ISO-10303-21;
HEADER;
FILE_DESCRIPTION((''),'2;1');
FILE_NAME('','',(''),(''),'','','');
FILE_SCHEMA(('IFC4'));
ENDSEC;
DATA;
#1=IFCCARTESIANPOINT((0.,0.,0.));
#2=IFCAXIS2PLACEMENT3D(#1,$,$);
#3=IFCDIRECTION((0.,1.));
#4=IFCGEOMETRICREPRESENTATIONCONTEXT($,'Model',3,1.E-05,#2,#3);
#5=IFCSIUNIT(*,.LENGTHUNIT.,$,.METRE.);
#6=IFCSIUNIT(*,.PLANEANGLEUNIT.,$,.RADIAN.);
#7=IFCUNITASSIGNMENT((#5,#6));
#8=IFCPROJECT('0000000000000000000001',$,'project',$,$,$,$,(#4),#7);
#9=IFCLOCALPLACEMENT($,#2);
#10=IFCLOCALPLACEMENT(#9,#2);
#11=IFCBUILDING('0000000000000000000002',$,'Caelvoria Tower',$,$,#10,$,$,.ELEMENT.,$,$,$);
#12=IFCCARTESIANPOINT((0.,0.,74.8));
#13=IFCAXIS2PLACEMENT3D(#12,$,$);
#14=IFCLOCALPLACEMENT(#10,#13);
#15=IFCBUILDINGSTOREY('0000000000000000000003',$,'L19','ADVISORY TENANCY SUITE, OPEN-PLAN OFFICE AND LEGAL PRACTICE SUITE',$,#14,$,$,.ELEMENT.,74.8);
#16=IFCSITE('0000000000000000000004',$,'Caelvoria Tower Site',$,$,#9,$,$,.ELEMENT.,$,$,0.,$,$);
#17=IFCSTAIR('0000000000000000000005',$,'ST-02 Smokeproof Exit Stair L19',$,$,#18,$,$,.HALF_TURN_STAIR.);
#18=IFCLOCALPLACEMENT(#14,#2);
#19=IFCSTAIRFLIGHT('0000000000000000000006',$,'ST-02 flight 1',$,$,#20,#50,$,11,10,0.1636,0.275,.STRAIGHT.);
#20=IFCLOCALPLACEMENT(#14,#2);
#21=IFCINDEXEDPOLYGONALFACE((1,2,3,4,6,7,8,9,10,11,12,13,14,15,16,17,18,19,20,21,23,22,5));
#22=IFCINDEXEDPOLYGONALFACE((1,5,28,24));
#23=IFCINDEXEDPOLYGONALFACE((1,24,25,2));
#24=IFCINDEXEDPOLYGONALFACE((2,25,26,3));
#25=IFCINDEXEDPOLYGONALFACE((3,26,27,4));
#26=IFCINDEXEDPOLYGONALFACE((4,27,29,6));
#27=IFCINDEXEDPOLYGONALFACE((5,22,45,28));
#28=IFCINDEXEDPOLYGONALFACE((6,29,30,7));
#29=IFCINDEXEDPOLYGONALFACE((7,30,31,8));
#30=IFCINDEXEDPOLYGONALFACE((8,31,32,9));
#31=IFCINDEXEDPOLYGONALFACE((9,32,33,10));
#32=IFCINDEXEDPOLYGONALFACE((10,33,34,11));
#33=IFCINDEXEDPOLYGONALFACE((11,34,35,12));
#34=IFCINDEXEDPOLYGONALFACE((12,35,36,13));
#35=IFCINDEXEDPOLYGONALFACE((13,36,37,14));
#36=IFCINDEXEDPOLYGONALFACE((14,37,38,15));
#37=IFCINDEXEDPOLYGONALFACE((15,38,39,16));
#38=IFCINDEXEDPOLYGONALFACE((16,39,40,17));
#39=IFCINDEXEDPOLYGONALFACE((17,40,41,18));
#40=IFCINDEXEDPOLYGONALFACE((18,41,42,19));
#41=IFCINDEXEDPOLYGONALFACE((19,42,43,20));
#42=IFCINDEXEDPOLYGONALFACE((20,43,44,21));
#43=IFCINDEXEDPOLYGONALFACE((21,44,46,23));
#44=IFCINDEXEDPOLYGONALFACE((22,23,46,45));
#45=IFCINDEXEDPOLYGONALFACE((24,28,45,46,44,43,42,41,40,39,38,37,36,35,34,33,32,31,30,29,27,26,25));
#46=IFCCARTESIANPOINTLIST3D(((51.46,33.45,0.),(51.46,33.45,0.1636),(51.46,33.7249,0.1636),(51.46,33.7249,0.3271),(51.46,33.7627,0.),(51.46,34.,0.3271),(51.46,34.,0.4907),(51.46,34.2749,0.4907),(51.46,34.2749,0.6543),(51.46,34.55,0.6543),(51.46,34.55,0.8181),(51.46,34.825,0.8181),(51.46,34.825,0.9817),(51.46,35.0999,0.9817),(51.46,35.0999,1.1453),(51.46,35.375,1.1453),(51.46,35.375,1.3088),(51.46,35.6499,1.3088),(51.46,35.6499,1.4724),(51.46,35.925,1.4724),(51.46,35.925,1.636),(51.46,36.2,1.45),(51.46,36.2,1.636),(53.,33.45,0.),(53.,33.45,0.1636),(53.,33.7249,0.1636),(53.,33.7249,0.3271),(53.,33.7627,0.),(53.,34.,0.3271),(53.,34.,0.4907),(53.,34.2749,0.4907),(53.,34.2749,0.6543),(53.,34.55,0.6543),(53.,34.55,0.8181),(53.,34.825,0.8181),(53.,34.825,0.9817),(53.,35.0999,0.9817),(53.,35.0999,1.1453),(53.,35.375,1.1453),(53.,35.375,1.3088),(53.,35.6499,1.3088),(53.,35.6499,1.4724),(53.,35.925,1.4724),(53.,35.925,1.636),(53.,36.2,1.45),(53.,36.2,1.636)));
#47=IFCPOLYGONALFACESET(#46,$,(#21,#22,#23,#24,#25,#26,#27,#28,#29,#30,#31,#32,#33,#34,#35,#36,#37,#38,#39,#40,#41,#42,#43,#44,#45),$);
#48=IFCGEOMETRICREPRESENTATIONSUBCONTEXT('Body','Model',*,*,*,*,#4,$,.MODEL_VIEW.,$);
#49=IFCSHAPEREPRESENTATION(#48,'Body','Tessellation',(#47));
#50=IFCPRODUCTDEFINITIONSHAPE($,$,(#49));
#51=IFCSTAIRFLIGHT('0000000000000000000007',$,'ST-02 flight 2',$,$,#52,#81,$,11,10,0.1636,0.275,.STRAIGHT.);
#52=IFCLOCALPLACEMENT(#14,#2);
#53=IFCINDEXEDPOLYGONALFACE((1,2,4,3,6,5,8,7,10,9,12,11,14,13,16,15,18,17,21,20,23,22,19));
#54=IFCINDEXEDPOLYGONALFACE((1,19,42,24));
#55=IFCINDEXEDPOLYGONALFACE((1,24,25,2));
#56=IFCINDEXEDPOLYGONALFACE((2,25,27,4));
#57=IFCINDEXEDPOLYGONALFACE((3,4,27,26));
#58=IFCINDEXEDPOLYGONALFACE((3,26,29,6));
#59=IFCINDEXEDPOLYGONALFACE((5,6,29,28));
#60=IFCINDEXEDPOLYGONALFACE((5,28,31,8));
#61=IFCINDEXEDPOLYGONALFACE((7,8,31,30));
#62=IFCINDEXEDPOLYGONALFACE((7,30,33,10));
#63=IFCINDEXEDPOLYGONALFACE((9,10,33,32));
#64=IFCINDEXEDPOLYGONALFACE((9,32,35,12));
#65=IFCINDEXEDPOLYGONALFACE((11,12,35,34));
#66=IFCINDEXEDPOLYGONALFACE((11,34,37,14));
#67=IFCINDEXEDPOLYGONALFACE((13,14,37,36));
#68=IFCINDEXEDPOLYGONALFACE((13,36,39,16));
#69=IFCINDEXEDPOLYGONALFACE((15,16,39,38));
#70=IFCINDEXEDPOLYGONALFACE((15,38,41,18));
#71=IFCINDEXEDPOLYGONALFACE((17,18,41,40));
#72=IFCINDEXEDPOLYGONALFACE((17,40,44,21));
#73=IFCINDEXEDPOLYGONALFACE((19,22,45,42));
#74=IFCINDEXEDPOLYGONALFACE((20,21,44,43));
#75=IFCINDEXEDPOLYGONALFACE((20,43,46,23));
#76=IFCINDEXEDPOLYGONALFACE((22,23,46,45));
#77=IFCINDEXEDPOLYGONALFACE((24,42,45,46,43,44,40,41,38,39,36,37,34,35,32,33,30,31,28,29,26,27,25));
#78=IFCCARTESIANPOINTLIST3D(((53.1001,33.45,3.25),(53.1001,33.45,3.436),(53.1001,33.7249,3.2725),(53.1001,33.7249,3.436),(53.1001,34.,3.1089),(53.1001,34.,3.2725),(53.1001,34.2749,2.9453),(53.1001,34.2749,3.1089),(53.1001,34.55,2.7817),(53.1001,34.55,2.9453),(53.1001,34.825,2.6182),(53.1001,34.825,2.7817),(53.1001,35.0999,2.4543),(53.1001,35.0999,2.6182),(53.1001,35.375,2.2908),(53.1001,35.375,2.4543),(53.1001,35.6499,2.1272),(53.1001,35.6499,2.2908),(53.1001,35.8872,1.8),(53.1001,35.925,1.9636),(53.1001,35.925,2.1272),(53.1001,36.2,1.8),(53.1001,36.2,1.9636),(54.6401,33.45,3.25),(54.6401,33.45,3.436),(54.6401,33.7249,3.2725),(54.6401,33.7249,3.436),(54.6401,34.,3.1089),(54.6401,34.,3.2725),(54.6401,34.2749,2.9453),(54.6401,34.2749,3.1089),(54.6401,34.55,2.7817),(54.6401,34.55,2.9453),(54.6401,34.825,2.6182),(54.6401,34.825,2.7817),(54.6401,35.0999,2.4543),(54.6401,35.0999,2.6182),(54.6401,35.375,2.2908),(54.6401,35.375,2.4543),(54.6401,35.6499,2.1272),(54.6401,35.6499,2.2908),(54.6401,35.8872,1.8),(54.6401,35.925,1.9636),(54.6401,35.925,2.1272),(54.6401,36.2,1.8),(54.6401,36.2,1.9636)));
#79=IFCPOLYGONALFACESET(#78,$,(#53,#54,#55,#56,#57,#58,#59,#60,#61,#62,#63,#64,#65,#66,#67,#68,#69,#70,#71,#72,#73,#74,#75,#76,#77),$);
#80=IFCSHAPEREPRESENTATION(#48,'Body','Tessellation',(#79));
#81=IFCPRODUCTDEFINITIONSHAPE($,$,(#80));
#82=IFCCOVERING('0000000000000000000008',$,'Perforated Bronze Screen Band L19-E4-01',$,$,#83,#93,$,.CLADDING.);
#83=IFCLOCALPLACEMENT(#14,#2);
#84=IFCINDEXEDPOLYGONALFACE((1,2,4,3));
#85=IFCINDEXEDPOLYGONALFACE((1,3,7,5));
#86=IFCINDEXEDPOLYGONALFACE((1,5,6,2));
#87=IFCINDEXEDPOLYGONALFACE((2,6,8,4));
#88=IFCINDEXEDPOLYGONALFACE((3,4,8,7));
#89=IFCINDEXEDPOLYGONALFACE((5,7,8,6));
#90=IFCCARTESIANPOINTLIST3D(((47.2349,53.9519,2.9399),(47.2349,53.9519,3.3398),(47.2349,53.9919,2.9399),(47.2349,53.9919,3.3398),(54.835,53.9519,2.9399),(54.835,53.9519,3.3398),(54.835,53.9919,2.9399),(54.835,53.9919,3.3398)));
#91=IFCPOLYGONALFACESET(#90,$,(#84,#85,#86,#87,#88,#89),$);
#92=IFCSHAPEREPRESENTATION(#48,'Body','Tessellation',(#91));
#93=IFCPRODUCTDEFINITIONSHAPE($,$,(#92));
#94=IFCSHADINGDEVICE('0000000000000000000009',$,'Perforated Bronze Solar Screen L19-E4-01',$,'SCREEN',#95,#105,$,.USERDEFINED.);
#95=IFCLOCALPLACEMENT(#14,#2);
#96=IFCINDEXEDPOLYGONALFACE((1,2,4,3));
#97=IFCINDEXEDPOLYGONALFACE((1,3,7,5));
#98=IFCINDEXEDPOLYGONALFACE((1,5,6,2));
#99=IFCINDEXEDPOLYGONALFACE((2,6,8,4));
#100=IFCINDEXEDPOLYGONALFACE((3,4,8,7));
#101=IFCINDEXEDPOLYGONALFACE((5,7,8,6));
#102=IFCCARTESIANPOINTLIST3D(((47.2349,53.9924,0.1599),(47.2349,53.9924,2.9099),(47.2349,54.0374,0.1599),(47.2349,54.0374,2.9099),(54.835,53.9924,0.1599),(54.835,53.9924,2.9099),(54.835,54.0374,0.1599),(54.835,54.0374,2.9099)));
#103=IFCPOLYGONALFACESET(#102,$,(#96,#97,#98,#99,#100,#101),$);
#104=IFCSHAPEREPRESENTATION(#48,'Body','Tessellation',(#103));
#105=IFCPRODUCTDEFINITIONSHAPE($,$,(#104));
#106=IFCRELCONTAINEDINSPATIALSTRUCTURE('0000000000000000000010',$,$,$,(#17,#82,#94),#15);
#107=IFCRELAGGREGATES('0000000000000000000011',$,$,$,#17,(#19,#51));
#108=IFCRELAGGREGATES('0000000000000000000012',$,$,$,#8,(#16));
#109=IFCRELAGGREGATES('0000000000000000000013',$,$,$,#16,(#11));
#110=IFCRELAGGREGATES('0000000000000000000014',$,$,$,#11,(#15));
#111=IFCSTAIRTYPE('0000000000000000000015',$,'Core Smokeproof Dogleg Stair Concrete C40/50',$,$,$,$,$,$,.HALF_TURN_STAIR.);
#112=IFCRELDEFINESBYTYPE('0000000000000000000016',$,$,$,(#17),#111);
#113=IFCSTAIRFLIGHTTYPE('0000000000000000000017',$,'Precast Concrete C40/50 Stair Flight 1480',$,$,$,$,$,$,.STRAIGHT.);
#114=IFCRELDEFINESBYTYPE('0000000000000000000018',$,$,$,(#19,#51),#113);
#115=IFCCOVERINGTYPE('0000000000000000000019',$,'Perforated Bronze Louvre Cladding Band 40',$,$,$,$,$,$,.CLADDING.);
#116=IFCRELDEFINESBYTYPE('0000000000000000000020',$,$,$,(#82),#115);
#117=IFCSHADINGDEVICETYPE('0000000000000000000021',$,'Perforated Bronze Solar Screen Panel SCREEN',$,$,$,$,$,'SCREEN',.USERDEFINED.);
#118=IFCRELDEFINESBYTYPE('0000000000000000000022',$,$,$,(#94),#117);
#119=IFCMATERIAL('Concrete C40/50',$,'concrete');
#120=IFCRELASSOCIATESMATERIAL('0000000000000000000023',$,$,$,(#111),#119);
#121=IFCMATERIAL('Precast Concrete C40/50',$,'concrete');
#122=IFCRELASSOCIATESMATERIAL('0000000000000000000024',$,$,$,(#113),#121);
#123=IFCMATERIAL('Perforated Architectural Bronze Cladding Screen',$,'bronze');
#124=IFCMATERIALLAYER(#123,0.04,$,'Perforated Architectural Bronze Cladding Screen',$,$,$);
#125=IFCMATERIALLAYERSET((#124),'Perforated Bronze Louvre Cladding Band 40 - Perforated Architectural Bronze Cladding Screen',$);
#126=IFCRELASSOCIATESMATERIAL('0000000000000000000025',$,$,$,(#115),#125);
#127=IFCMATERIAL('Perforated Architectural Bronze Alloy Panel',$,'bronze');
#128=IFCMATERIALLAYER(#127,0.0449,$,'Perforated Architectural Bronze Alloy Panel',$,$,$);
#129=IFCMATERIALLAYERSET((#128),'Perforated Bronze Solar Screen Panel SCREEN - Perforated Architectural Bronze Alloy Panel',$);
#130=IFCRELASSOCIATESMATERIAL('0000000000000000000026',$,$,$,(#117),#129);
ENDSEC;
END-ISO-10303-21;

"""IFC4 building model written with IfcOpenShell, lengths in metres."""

from ifc_helpers import new_model, si_unit, direction, frame, origin, origin_2d, place, context, subcontext, project, spatial, polyline, rectangle, outline, extrude, material, layer, layer_set, type_object, element, aggregate, save


model = new_model("IFC4")

# Units and contexts
model_context = context("Model", 3, precision=1e-05, world=origin(), true_north=direction((0.0, 1.0)))
body_context = subcontext(model_context, "Body", "Model", "MODEL_VIEW")
ifc_project = project(units=[si_unit("LENGTHUNIT", "METRE"), si_unit("PLANEANGLEUNIT", "RADIAN")], contexts=[model_context])

# Site, building, storey
site_placement = place(None, origin())
site = spatial("IfcSite", under=ifc_project, at=site_placement, Name="Caelvoria Tower Site", CompositionType="ELEMENT", RefElevation=0.0)
building_placement = place(site_placement, origin())
building = spatial("IfcBuilding", under=site, at=building_placement, Name="Caelvoria Tower", CompositionType="ELEMENT")
storey_placement = place(building_placement, frame((0.0, 0.0, 74.8)))
storey = spatial("IfcBuildingStorey", under=building, at=storey_placement, Name="L19", Description="ADVISORY TENANCY SUITE, OPEN-PLAN OFFICE AND LEGAL PRACTICE SUITE", CompositionType="ELEMENT", Elevation=74.8)

# Stair, stair flights
ifc_material_1 = material(Name="Concrete C40/50", Category="concrete")
stair_type = type_object("IfcStairType", Name="Core Smokeproof Dogleg Stair Concrete C40/50", PredefinedType="HALF_TURN_STAIR", material=ifc_material_1)
stair_placement = place(storey_placement, origin())
stair = element("IfcStair", 1, at=stair_placement, inside=storey, type_object=stair_type, Name="ST-02 Smokeproof Exit Stair L19", PredefinedType="HALF_TURN_STAIR")
ifc_material_2 = material(Name="Precast Concrete C40/50", Category="concrete")
stair_flight_type = type_object("IfcStairFlightType", Name="Precast Concrete C40/50 Stair Flight 1480", PredefinedType="STRAIGHT", material=ifc_material_2)
stair_flight_1_placement = place(storey_placement, frame((52.23, 33.45, 0.0), z_axis=(0.0, 0.0, 1.0), x_axis=(0.0, 1.0, 0.0)))
stair_flight_1 = element("IfcStairFlight", 2, at=stair_flight_1_placement, type_object=stair_flight_type, Name="ST-02 flight 1", NumberOfRisers=11, NumberOfTreads=10, PredefinedType="STRAIGHT", RiserHeight=0.1636, TreadLength=0.275, context=body_context, shape_type="SweptSolid", body=[
    extrude(outline(polyline([(0.0, 0.0), (0.0, 0.1636), (0.2749, 0.1636), (0.2749, 0.3271), (0.55, 0.3271), (0.55, 0.4907), (0.825, 0.4907), (0.825, 0.6543), (1.1001, 0.6543), (1.1001, 0.8181), (1.375, 0.8181), (1.375, 0.9817), (1.6499, 0.9817), (1.6499, 1.1453), (1.925, 1.1453), (1.925, 1.3088), (2.2, 1.3088), (2.2, 1.4724), (2.4751, 1.4724), (2.4751, 1.636), (2.75, 1.636), (2.75, 1.7996), (2.75, 1.45), (0.3127, 0.0), (0.0, 0.0)])), frame((0.0, 0.77, 0.0), z_axis=(0.0, -1.0, 0.0), x_axis=(1.0, 0.0, 0.0)), (0.0, 0.0, 1.0), 1.54),
])
stair_flight_2_placement = place(storey_placement, frame((53.8701, 36.2, 1.8), z_axis=(0.0, 0.0, 1.0), x_axis=(0.0, -1.0, 0.0)))
stair_flight_2 = element("IfcStairFlight", 3, at=stair_flight_2_placement, type_object=stair_flight_type, Name="ST-02 flight 2", NumberOfRisers=11, NumberOfTreads=10, PredefinedType="STRAIGHT", RiserHeight=0.1636, TreadLength=0.275, context=body_context, shape_type="SweptSolid", body=[
    extrude(outline(polyline([(0.0, 0.0), (0.0, 0.1636), (0.2749, 0.1636), (0.2749, 0.3271), (0.55, 0.3271), (0.55, 0.4907), (0.825, 0.4907), (0.825, 0.6543), (1.1001, 0.6543), (1.1001, 0.8181), (1.375, 0.8181), (1.375, 0.9817), (1.6499, 0.9817), (1.6499, 1.1453), (1.925, 1.1453), (1.925, 1.3088), (2.2, 1.3088), (2.2, 1.4724), (2.4751, 1.4724), (2.4751, 1.636), (2.75, 1.636), (2.75, 1.7996), (2.75, 1.45), (0.3127, 0.0), (0.0, 0.0)])), frame((0.0, 0.77, 0.0), z_axis=(0.0, -1.0, 0.0), x_axis=(1.0, 0.0, 0.0)), (0.0, 0.0, 1.0), 1.54),
])
aggregate(stair, [stair_flight_1, stair_flight_2])

# Covering
ifc_material_3 = material(Name="Perforated Architectural Bronze Cladding Screen", Category="bronze")
ifc_layer_1 = layer(ifc_material_3, 0.04, Name="Perforated Architectural Bronze Cladding Screen")
ifc_layer_set_1 = layer_set([ifc_layer_1], Name="Perforated Bronze Louvre Cladding Band 40 - Perforated Architectural Bronze Cladding Screen")
covering_type = type_object("IfcCoveringType", Name="Perforated Bronze Louvre Cladding Band 40", PredefinedType="CLADDING", material=ifc_layer_set_1)
covering_placement = place(storey_placement, frame((51.0349, 53.9719, 2.9399), z_axis=(0.0, 0.0, 1.0), x_axis=(-1.0, 0.0, 0.0)))
element("IfcCovering", 4, at=covering_placement, inside=storey, type_object=covering_type, Name="Perforated Bronze Screen Band L19-E4-01", PredefinedType="CLADDING", context=body_context, shape_type="SweptSolid", body=[
    extrude(rectangle(XDim=7.6001, YDim=0.04, at=origin_2d()), origin(), (0.0, 0.0, 1.0), 0.3999),
])

# Shading device
ifc_material_4 = material(Name="Perforated Architectural Bronze Alloy Panel", Category="bronze")
ifc_layer_2 = layer(ifc_material_4, 0.0449, Name="Perforated Architectural Bronze Alloy Panel")
ifc_layer_set_2 = layer_set([ifc_layer_2], Name="Perforated Bronze Solar Screen Panel SCREEN - Perforated Architectural Bronze Alloy Panel")
shading_device_type = type_object("IfcShadingDeviceType", Name="Perforated Bronze Solar Screen Panel SCREEN", ElementType="SCREEN", PredefinedType="USERDEFINED", material=ifc_layer_set_2)
shading_device_placement = place(storey_placement, frame((51.0349, 54.0149, 0.1599), z_axis=(0.0, 0.0, 1.0), x_axis=(-1.0, 0.0, 0.0)))
element("IfcShadingDevice", 5, at=shading_device_placement, inside=storey, type_object=shading_device_type, Name="Perforated Bronze Solar Screen L19-E4-01", ObjectType="SCREEN", PredefinedType="USERDEFINED", context=body_context, shape_type="SweptSolid", body=[
    extrude(rectangle(XDim=7.6001, YDim=0.0449, at=origin_2d()), origin(), (0.0, 0.0, 1.0), 2.75),
])

save(model, "model.ifc")
